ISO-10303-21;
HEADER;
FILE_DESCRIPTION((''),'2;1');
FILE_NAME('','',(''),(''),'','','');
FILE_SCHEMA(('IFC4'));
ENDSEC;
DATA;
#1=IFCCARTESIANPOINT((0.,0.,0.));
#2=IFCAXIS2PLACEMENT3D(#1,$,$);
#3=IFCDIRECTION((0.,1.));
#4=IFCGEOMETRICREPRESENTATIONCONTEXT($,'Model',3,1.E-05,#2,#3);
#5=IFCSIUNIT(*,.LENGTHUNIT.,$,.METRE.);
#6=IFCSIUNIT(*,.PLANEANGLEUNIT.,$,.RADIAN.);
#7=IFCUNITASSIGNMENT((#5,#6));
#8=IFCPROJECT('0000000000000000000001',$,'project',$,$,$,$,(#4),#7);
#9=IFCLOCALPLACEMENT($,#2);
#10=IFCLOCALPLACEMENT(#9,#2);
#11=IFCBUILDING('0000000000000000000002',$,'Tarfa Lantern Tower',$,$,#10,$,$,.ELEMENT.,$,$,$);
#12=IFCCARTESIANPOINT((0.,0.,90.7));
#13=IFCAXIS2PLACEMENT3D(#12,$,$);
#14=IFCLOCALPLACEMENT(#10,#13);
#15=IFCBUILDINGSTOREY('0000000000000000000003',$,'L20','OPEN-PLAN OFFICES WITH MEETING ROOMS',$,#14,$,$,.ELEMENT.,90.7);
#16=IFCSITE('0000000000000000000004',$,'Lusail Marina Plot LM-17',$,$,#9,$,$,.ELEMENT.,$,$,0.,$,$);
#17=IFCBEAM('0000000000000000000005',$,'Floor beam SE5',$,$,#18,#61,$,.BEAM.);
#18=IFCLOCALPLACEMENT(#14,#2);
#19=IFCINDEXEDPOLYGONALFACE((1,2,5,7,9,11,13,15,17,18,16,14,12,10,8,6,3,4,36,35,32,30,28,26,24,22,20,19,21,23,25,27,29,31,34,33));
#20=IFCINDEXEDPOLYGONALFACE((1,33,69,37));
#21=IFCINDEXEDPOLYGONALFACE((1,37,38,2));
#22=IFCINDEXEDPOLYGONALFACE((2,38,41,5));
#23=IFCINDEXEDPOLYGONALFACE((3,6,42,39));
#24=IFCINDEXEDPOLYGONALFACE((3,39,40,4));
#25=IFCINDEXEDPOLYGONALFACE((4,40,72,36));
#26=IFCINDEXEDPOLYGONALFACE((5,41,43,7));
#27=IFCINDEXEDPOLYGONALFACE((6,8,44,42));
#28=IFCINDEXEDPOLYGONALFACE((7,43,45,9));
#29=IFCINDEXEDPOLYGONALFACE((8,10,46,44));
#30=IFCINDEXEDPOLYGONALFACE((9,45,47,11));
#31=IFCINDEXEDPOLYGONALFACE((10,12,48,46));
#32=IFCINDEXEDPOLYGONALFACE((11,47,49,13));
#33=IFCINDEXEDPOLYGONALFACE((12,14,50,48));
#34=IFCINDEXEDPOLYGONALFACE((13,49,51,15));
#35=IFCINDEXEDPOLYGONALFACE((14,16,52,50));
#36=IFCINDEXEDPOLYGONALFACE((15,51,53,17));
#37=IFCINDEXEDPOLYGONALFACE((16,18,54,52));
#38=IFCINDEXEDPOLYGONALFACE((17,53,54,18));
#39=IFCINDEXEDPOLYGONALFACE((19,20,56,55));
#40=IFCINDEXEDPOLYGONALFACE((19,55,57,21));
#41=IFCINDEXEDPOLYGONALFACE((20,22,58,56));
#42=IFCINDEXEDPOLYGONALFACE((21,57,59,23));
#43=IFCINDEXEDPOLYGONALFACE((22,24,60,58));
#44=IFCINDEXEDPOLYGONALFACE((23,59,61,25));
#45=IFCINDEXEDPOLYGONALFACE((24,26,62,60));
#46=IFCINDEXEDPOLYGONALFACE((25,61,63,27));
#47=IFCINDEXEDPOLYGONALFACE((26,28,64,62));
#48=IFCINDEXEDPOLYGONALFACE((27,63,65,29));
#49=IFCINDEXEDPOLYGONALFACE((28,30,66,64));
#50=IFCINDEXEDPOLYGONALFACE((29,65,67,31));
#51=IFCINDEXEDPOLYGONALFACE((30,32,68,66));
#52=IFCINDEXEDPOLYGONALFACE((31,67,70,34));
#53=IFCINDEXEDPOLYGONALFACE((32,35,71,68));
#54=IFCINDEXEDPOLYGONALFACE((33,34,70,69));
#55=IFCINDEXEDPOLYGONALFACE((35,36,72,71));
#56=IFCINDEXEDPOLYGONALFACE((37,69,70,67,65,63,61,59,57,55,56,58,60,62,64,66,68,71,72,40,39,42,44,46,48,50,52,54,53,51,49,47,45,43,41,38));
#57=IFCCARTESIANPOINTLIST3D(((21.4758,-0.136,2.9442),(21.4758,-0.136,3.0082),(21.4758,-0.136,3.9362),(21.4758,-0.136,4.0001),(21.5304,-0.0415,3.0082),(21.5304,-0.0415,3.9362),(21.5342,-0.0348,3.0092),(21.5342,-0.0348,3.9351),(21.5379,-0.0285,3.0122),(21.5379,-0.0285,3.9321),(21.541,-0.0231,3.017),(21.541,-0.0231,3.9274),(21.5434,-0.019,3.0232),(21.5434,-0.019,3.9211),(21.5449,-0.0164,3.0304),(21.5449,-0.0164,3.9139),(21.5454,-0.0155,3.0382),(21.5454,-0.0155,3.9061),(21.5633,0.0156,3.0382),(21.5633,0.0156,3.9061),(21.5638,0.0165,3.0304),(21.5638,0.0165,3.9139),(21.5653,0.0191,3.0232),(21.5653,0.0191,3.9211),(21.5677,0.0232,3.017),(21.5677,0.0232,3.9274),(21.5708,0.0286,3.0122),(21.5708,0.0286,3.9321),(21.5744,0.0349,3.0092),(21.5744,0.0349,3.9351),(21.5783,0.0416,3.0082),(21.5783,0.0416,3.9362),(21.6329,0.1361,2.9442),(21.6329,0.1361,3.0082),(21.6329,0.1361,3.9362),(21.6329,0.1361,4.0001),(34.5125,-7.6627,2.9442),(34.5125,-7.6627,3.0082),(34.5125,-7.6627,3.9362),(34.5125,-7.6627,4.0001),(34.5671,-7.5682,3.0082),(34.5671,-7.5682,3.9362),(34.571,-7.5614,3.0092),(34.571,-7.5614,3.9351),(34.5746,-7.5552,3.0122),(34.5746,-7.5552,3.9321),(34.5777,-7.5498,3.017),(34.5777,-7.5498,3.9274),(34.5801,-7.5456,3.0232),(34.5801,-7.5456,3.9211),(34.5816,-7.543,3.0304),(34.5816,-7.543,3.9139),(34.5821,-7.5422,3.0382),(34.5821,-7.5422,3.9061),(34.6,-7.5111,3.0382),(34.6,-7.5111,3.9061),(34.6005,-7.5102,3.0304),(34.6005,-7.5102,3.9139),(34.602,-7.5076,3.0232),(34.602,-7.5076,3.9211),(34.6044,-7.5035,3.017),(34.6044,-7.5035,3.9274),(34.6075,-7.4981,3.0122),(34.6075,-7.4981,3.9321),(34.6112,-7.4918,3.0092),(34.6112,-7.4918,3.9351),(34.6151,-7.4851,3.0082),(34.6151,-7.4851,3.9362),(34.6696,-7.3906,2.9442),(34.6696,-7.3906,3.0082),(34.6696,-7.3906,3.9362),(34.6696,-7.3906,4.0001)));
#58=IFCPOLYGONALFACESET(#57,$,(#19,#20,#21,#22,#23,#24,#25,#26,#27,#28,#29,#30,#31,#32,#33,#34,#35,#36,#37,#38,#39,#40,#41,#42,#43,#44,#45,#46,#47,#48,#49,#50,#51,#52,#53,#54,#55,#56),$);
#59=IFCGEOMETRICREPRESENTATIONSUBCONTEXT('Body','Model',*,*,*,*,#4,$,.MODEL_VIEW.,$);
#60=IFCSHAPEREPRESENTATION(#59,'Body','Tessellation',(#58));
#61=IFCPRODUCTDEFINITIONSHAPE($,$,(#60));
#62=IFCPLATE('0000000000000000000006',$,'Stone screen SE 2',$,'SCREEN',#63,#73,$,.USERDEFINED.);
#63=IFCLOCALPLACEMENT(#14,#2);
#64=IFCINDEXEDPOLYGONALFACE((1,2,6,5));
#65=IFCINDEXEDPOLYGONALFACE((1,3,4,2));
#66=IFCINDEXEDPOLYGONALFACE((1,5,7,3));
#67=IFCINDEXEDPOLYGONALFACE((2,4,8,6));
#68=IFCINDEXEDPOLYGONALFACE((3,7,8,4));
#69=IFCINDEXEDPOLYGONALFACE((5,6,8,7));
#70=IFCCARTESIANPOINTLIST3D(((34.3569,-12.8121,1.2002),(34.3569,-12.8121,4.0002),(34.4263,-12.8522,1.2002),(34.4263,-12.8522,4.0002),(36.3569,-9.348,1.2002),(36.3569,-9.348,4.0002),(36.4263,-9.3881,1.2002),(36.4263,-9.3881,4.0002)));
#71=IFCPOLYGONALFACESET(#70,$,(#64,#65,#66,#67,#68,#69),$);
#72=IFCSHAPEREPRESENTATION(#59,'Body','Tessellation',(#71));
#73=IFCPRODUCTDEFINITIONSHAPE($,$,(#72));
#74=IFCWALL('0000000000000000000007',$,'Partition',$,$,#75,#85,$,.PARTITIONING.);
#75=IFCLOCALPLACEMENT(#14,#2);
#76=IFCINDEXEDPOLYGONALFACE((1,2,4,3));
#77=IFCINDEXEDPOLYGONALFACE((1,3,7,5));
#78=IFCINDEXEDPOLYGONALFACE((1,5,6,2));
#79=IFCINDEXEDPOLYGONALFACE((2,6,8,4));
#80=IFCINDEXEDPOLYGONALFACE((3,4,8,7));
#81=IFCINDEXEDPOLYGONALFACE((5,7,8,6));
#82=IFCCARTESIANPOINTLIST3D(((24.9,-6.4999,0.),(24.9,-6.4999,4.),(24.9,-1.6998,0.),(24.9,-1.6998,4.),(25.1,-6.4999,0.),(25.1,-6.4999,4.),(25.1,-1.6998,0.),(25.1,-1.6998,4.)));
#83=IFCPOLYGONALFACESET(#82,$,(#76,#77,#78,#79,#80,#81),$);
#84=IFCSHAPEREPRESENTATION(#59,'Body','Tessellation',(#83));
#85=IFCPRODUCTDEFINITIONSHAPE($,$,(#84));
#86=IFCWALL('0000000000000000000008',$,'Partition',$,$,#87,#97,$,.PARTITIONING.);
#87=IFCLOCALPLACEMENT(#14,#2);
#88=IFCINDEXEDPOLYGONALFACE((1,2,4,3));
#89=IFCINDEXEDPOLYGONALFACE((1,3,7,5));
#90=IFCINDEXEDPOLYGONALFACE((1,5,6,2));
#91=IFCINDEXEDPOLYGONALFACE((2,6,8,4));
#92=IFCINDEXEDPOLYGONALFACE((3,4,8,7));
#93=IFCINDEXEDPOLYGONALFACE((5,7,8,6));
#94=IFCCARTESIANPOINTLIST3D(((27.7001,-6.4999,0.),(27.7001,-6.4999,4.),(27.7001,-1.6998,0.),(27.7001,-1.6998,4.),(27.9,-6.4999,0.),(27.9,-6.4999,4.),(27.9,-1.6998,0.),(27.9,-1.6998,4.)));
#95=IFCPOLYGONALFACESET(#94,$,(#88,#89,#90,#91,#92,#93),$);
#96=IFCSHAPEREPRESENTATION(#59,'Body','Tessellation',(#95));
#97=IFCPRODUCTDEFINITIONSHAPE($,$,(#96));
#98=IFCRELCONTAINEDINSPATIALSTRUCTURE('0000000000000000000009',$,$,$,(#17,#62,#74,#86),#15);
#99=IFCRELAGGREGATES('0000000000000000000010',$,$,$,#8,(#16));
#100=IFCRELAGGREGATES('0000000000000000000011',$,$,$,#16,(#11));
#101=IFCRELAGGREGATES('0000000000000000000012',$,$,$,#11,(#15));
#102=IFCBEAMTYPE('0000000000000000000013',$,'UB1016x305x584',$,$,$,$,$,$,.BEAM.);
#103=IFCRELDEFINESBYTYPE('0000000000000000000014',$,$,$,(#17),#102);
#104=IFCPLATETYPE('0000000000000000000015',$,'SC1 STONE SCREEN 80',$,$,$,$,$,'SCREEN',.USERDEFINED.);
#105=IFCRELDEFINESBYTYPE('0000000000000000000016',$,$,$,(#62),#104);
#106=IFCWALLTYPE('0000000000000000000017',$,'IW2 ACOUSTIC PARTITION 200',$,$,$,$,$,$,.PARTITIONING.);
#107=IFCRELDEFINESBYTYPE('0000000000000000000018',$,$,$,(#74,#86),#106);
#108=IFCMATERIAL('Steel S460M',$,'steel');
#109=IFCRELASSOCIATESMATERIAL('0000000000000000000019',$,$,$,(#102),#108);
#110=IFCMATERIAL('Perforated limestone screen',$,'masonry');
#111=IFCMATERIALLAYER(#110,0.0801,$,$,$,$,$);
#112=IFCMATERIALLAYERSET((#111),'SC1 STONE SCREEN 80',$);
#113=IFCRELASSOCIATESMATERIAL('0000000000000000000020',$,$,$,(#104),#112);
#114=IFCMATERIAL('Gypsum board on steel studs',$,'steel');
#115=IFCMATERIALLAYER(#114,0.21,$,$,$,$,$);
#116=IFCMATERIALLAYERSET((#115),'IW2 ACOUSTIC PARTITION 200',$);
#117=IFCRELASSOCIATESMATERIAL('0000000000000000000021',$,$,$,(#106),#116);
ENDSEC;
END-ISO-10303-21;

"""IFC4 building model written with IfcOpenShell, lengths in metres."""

from ifc_helpers import new_model, si_unit, direction, frame, frame_2d, origin, origin_2d, place, context, subcontext, project, spatial, rectangle, i_section, extrude, material, layer, layer_set, material_profile, profile_set, type_object, element, save


model = new_model("IFC4")

# Units and contexts
model_context = context("Model", 3, precision=1e-05, world=origin(), true_north=direction((0.0, 1.0)))
body_context = subcontext(model_context, "Body", "Model", "MODEL_VIEW")
ifc_project = project(units=[si_unit("LENGTHUNIT", "METRE"), si_unit("PLANEANGLEUNIT", "RADIAN")], contexts=[model_context])

# Site, building, storey
site_placement = place(None, origin())
site = spatial("IfcSite", under=ifc_project, at=site_placement, Name="Lusail Marina Plot LM-17", CompositionType="ELEMENT", RefElevation=0.0)
building_placement = place(site_placement, origin())
building = spatial("IfcBuilding", under=site, at=building_placement, Name="Tarfa Lantern Tower", CompositionType="ELEMENT")
storey_placement = place(building_placement, frame((0.0, 0.0, 90.7)))
storey = spatial("IfcBuildingStorey", under=building, at=storey_placement, Name="L20", Description="OPEN-PLAN OFFICES WITH MEETING ROOMS", CompositionType="ELEMENT", Elevation=90.7)

# Beam
ifc_material_1 = material(Name="Steel S460M", Category="steel")
ifc_material_profile_1 = material_profile(ifc_material_1, i_section(OverallWidth=0.3142, OverallDepth=1.0559, WebThickness=0.0359, FlangeThickness=0.064, FilletRadius=0.03, at=origin_2d()), Name="UB1016x305x584")
ifc_profile_set_1 = profile_set([ifc_material_profile_1], Name="Steel S460M")
beam_type_1 = type_object("IfcBeamType", Name="UB1016x305x584", PredefinedType="BEAM", material=ifc_profile_set_1)
beam_1_placement = place(storey_placement, frame((34.5911, -7.5266, 3.4722), z_axis=(-0.866028, 0.499996, 0.0), x_axis=(-0.499996, -0.866028, 0.0)))
element("IfcBeam", 1, at=beam_1_placement, inside=storey, type_object=beam_type_1, Name="Floor beam SE5", PredefinedType="BEAM", context=body_context, shape_type="SweptSolid", body=[
    extrude(i_section(OverallWidth=0.3142, OverallDepth=1.0559, WebThickness=0.0359, FlangeThickness=0.064, FilletRadius=0.03, at=origin_2d()), origin(), (0.0, 0.0, 1.0), 15.0535),
])

# Plate
ifc_material_2 = material(Name="Perforated limestone screen", Category="masonry")
ifc_layer_1 = layer(ifc_material_2, 0.0801)
ifc_layer_set_1 = layer_set([ifc_layer_1], Name="SC1 STONE SCREEN 80")
plate_type = type_object("IfcPlateType", Name="SC1 STONE SCREEN 80", ElementType="SCREEN", PredefinedType="USERDEFINED", material=ifc_layer_set_1)
plate_placement = place(storey_placement, frame((35.3916, -11.1001, 1.2002), z_axis=(0.0, 0.0, 1.0), x_axis=(0.5, 0.866025, 0.0)))
element("IfcPlate", 2, at=plate_placement, inside=storey, type_object=plate_type, Name="Stone screen SE 2", ObjectType="SCREEN", PredefinedType="USERDEFINED", context=body_context, shape_type="SweptSolid", body=[
    extrude(rectangle(XDim=4.0, YDim=0.0801, at=origin_2d()), origin(), (0.0, 0.0, 1.0), 2.8),
])

# Walls
ifc_material_3 = material(Name="Gypsum board on steel studs", Category="steel")
ifc_layer_2 = layer(ifc_material_3, 0.21)
ifc_layer_set_2 = layer_set([ifc_layer_2], Name="IW2 ACOUSTIC PARTITION 200")
wall_type = type_object("IfcWallType", Name="IW2 ACOUSTIC PARTITION 200", PredefinedType="PARTITIONING", material=ifc_layer_set_2)
for number, where, z_axis, x_axis, name in (
    (3, (25.0, -1.7, 0.0), (0.0, 0.0, 1.0), (0.0, -1.0, 0.0), "Partition"),
    (4, (27.8, -1.7, 0.0), (0.0, 0.0, 1.0), (0.0, -1.0, 0.0), "Partition"),
):
    element("IfcWall", number, at=place(storey_placement, frame(where, z_axis=z_axis, x_axis=x_axis)), inside=storey, type_object=wall_type, Name=name, PredefinedType="PARTITIONING", context=body_context, shape_type="SweptSolid", body=[
        extrude(rectangle(XDim=4.8, YDim=0.2, at=frame_2d((2.3999, 0.0))), origin(), (0.0, 0.0, 1.0), 4.0),
    ])

save(model, "model.ifc")
